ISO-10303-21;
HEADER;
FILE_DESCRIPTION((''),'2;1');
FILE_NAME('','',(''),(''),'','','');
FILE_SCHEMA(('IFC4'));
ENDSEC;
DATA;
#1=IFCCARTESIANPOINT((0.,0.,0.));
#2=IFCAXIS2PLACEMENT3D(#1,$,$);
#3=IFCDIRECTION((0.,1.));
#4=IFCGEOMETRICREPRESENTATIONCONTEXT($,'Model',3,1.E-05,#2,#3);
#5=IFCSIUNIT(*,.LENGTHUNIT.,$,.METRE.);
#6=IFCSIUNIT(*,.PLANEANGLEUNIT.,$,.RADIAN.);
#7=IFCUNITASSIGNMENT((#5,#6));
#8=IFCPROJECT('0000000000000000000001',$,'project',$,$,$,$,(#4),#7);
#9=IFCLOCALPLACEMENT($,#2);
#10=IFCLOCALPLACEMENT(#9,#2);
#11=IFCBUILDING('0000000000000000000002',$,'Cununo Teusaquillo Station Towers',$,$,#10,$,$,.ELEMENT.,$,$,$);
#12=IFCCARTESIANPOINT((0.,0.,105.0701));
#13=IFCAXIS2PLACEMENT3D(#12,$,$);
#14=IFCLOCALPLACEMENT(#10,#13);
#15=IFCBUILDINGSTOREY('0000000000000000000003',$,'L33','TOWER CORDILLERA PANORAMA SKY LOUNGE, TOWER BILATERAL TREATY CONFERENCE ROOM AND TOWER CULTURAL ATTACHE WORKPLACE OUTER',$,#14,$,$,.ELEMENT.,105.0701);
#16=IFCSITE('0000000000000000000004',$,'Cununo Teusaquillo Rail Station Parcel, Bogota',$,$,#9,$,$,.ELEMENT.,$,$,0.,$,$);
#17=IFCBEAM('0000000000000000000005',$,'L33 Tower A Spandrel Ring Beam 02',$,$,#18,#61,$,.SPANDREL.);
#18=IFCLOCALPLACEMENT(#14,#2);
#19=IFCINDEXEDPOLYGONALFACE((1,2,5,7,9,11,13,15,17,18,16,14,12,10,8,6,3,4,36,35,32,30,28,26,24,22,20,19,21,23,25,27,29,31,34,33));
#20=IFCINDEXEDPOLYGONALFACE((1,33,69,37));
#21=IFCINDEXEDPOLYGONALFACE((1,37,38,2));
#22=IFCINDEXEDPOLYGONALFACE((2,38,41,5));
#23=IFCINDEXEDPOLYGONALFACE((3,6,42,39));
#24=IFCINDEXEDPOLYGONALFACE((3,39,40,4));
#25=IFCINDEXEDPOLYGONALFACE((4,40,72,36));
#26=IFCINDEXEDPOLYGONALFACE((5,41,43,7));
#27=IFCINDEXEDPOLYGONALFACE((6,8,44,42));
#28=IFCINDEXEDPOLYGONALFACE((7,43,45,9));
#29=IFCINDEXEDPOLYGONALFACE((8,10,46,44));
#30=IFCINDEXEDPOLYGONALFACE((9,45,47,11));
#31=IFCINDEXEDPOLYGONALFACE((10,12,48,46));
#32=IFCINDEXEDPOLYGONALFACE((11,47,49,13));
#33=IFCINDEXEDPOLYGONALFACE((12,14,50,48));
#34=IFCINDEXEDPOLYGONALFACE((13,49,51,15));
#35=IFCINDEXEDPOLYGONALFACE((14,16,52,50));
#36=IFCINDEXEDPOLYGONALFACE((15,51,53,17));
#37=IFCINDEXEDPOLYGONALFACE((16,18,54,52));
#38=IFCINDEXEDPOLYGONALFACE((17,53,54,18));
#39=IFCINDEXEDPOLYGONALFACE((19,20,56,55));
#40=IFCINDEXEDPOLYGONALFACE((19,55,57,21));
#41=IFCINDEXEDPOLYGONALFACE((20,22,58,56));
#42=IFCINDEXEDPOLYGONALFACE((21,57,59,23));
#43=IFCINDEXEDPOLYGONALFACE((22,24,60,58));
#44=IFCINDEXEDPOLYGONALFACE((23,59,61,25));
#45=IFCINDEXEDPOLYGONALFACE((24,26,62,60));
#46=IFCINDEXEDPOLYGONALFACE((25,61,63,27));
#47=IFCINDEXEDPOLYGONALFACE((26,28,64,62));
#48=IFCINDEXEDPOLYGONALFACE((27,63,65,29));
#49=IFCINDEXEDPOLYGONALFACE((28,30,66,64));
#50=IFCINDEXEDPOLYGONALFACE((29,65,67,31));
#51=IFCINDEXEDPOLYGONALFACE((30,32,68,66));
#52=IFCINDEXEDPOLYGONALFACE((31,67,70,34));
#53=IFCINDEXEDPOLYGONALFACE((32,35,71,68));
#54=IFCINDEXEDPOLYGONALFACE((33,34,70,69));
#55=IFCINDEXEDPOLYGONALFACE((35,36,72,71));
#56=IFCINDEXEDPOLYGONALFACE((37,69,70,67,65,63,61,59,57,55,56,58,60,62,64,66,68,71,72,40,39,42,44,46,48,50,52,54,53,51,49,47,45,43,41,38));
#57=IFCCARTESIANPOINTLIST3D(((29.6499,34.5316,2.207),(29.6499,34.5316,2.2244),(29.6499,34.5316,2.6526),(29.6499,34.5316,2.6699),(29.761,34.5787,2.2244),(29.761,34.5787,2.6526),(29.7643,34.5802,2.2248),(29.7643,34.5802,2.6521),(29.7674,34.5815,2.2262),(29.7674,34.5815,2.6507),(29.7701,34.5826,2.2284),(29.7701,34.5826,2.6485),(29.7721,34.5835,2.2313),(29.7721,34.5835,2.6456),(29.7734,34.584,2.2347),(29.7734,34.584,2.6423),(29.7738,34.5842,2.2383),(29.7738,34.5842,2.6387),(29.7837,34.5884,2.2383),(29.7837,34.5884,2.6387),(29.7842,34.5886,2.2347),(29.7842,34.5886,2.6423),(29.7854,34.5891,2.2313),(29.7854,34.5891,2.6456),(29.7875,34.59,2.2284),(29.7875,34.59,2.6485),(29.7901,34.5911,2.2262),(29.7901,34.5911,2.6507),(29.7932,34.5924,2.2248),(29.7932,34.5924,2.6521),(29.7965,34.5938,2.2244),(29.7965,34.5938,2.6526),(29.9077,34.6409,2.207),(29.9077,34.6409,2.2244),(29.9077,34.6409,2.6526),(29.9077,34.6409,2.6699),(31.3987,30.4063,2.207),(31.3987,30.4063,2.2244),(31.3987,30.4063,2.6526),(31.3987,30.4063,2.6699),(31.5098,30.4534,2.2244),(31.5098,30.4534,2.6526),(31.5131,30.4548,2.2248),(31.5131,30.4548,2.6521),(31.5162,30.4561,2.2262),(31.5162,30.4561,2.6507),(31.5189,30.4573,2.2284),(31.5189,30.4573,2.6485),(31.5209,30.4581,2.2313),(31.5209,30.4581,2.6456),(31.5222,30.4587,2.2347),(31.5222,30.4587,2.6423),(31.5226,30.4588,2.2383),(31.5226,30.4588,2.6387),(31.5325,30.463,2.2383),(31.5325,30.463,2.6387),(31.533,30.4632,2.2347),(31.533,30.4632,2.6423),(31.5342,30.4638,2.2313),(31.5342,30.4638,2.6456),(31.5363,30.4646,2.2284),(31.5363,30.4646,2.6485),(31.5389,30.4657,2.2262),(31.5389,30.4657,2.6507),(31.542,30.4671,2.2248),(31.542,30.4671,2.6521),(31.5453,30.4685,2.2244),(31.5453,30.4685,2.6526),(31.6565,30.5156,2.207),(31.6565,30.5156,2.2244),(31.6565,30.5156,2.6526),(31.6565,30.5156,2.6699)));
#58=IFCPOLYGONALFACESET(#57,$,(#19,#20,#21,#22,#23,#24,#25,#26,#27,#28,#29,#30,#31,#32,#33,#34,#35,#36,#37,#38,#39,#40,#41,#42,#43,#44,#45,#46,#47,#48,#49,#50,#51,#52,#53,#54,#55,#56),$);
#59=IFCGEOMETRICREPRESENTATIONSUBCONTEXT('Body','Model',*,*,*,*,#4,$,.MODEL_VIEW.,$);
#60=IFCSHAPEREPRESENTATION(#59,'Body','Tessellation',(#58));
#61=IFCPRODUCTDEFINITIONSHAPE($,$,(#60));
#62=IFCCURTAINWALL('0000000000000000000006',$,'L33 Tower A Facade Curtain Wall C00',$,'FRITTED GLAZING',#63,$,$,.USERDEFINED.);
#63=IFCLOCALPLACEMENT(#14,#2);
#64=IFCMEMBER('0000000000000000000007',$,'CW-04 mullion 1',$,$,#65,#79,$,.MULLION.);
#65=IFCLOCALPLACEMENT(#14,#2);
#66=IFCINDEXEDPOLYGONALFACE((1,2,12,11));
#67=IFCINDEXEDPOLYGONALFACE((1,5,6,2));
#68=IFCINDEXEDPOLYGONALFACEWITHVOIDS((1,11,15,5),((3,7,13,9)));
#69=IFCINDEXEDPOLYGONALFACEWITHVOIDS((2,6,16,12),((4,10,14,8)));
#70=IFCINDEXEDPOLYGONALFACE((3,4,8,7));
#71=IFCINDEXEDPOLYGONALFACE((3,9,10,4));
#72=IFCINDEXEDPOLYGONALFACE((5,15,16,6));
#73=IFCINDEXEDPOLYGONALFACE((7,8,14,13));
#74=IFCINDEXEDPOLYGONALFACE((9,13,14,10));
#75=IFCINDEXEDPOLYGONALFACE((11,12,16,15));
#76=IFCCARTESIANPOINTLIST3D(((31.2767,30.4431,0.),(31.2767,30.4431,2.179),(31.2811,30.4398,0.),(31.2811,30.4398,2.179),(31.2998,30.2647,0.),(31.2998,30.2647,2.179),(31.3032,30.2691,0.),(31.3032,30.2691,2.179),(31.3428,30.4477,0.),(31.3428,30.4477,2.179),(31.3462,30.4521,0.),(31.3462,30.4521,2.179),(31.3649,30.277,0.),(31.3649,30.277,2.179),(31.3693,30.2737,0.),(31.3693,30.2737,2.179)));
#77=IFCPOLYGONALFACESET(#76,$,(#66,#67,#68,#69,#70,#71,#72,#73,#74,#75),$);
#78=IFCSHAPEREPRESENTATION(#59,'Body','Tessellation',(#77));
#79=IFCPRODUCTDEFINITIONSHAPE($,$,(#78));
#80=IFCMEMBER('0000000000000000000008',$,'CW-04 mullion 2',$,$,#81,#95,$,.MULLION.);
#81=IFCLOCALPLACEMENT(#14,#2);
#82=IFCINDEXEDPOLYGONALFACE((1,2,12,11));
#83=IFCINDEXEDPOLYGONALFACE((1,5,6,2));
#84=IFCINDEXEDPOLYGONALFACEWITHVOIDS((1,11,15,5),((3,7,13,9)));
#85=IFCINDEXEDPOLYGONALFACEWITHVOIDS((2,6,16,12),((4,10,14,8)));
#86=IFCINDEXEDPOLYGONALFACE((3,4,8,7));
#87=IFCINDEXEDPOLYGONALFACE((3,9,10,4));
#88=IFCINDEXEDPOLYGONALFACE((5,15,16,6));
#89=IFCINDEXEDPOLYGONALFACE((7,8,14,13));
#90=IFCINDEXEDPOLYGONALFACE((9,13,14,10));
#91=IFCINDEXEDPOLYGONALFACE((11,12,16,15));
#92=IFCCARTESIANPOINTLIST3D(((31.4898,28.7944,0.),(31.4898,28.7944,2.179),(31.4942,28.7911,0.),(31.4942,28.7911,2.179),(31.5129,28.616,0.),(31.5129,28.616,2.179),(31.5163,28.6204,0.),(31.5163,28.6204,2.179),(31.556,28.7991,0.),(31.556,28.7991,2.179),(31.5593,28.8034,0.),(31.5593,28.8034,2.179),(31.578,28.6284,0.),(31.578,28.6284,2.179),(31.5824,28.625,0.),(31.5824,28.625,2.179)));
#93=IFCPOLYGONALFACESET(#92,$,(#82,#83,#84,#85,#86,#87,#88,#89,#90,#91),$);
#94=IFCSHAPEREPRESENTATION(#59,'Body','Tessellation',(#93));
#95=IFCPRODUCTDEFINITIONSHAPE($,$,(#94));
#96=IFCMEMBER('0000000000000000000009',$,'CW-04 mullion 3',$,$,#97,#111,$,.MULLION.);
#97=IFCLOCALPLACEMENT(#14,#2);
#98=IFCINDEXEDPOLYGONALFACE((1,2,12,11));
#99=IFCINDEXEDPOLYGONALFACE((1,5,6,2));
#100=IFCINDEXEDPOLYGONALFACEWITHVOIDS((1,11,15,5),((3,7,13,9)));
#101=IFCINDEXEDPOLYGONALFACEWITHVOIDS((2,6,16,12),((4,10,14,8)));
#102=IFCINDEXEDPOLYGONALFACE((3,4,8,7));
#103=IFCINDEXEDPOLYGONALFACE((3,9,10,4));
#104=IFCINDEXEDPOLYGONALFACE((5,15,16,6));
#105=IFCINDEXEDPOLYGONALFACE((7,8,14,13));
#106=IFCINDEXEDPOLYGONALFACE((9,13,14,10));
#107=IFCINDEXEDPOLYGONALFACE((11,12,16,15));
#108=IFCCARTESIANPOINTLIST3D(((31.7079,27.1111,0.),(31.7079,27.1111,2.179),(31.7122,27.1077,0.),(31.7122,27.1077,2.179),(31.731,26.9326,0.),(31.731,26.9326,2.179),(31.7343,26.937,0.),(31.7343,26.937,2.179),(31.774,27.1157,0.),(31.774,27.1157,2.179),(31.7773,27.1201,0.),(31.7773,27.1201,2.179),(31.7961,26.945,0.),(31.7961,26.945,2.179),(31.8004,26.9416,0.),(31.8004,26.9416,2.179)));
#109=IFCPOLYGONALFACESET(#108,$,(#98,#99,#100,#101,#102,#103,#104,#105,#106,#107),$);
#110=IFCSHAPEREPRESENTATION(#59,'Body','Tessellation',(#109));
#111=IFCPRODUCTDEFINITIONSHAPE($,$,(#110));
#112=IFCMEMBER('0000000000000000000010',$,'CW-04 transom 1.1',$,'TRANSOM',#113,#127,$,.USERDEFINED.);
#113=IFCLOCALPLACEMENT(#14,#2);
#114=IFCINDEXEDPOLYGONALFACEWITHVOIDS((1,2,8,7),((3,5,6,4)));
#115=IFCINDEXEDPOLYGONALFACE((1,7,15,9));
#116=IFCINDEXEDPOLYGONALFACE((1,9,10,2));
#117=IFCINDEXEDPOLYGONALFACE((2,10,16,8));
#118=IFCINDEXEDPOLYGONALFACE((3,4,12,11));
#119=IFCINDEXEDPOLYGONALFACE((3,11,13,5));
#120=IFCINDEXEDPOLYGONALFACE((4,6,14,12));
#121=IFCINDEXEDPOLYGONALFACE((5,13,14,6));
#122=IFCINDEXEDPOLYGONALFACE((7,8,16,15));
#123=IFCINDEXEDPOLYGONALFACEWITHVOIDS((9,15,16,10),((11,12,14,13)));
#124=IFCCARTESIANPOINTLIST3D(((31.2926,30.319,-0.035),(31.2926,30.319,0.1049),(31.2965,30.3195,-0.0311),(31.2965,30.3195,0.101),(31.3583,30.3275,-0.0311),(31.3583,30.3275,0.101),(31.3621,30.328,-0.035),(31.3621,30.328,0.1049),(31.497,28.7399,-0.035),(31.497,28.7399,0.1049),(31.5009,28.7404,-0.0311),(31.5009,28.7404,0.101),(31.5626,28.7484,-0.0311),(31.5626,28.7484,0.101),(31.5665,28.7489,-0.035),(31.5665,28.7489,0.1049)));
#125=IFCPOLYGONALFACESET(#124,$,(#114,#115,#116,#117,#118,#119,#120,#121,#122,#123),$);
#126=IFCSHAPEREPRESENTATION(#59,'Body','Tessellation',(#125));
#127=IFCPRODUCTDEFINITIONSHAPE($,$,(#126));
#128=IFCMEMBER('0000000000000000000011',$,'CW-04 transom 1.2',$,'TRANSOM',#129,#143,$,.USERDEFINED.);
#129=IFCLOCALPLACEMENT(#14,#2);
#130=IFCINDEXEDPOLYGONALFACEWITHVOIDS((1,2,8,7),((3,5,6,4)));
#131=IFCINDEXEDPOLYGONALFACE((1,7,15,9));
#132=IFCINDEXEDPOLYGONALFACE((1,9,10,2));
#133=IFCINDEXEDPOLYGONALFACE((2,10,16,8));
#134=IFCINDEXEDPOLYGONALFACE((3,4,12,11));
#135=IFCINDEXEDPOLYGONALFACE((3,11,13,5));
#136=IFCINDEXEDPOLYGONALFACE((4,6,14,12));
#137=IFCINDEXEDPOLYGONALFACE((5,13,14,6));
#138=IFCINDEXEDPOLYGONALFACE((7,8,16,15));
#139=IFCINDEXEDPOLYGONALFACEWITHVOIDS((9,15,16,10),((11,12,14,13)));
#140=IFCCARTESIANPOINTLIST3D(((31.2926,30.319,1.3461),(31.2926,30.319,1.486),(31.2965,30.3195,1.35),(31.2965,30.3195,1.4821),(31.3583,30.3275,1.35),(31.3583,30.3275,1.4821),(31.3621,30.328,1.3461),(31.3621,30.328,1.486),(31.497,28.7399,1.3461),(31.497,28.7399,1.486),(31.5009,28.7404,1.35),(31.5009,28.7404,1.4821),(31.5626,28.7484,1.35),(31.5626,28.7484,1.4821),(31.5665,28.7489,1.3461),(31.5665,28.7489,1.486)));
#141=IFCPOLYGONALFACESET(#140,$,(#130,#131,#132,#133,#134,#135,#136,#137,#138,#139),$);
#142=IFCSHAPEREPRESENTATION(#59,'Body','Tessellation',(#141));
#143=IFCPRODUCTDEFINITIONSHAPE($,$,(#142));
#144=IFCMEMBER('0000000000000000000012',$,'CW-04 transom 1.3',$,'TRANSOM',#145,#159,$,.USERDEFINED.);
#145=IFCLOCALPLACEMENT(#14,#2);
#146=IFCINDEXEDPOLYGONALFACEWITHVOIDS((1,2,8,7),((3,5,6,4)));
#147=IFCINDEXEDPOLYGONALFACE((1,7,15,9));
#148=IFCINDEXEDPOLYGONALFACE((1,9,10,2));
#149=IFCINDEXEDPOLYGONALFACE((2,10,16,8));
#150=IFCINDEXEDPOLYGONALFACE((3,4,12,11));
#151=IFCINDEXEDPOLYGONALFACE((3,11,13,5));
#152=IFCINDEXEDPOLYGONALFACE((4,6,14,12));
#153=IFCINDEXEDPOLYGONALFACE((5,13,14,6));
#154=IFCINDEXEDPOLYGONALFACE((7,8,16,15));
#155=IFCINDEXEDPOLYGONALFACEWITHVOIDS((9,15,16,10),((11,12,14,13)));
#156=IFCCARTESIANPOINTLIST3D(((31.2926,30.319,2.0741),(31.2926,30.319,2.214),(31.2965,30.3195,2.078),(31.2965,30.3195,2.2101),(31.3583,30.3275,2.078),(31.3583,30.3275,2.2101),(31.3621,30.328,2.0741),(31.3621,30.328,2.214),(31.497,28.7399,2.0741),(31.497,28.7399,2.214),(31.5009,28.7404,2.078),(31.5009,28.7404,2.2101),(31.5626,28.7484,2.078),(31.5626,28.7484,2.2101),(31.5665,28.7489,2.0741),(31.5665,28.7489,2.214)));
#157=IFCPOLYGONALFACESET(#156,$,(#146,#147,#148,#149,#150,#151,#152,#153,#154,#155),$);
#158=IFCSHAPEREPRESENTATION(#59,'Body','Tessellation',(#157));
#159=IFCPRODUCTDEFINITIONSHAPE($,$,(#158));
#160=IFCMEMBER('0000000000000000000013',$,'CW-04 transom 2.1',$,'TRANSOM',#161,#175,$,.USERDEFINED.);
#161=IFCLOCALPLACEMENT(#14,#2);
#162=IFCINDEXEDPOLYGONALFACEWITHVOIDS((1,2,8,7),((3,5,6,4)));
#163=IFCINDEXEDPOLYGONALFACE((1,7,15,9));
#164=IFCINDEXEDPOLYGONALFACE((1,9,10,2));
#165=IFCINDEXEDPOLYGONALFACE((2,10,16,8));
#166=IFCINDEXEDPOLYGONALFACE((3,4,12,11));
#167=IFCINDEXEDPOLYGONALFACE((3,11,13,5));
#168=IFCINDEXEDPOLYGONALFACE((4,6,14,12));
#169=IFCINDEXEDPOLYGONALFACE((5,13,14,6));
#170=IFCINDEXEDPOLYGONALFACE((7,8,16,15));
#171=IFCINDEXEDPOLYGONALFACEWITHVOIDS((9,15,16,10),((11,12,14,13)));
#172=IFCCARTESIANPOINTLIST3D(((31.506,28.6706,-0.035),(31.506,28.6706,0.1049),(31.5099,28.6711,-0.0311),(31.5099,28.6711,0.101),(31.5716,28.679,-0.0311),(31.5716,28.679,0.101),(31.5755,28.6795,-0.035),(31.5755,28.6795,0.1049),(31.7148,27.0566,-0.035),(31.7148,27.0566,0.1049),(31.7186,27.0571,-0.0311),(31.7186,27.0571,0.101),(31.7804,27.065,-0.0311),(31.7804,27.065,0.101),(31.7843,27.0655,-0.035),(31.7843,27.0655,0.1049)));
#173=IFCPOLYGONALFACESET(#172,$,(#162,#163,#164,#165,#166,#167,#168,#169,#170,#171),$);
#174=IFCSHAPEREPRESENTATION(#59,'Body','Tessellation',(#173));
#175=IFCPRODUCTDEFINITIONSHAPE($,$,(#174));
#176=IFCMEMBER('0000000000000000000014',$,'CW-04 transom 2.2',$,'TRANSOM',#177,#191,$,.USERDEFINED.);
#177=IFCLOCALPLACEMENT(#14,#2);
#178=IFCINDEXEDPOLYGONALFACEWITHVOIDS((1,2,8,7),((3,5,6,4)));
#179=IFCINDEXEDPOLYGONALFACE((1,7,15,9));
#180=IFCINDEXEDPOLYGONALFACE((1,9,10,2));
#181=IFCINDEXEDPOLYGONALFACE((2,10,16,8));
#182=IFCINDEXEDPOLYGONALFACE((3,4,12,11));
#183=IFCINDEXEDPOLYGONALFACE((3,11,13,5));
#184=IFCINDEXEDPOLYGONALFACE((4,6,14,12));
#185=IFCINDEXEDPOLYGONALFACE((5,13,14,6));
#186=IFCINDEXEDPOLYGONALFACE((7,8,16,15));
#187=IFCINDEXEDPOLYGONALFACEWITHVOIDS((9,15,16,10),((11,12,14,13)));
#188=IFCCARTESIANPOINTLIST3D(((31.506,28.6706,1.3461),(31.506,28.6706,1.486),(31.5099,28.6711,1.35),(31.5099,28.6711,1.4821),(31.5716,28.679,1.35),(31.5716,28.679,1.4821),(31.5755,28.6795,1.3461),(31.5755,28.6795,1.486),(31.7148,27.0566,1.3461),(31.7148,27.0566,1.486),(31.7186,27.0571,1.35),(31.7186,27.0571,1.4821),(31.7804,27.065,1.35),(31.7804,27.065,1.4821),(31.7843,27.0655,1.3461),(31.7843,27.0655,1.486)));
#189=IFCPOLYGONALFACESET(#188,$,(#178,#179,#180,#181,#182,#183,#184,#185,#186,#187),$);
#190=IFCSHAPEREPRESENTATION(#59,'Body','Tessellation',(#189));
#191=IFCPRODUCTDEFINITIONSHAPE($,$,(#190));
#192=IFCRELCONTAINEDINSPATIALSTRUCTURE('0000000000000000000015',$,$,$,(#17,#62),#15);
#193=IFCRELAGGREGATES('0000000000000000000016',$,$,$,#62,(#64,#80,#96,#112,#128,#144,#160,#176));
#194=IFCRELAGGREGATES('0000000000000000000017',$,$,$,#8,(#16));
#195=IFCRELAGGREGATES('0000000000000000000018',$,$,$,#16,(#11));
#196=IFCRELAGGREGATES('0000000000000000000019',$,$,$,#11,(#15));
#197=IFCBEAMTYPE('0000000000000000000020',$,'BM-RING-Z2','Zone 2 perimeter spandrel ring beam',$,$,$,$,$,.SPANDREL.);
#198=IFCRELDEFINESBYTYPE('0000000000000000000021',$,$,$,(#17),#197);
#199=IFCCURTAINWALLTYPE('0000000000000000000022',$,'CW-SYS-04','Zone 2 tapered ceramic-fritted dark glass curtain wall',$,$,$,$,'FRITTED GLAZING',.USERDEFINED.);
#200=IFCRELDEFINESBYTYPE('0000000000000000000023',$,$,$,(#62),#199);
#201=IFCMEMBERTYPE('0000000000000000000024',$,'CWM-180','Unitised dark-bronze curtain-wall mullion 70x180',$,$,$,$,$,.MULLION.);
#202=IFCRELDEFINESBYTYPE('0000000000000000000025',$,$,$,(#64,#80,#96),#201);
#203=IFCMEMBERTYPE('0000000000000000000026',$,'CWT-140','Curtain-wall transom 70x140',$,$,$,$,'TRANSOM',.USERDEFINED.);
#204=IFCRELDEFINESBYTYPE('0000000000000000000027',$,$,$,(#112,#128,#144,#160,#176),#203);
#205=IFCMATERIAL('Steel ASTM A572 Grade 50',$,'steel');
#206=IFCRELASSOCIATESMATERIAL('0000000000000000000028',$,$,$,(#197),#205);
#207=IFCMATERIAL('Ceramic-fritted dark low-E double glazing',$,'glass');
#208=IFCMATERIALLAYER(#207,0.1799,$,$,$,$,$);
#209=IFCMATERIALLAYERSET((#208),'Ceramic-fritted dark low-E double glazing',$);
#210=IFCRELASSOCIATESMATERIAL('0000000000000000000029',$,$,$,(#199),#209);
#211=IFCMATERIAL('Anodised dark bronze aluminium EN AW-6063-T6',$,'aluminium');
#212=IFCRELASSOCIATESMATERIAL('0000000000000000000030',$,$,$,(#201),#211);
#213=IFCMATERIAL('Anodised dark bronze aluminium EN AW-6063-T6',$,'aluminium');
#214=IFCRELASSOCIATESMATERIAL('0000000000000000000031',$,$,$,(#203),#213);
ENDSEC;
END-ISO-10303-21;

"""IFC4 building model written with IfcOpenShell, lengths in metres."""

from ifc_helpers import new_model, si_unit, direction, frame, origin, origin_2d, place, context, subcontext, project, spatial, hollow_rectangle, i_section, extrude, material, layer, layer_set, material_profile, profile_set, type_object, element, aggregate, save


model = new_model("IFC4")

# Units and contexts
model_context = context("Model", 3, precision=1e-05, world=origin(), true_north=direction((0.0, 1.0)))
body_context = subcontext(model_context, "Body", "Model", "MODEL_VIEW")
ifc_project = project(units=[si_unit("LENGTHUNIT", "METRE"), si_unit("PLANEANGLEUNIT", "RADIAN")], contexts=[model_context])

# Site, building, storey
site_placement = place(None, origin())
site = spatial("IfcSite", under=ifc_project, at=site_placement, Name="Cununo Teusaquillo Rail Station Parcel, Bogota", CompositionType="ELEMENT", RefElevation=0.0)
building_placement = place(site_placement, origin())
building = spatial("IfcBuilding", under=site, at=building_placement, Name="Cununo Teusaquillo Station Towers", CompositionType="ELEMENT")
storey_placement = place(building_placement, frame((0.0, 0.0, 105.0701)))
storey = spatial("IfcBuildingStorey", under=building, at=storey_placement, Name="L33", Description="TOWER CORDILLERA PANORAMA SKY LOUNGE, TOWER BILATERAL TREATY CONFERENCE ROOM AND TOWER CULTURAL ATTACHE WORKPLACE OUTER", CompositionType="ELEMENT", Elevation=105.0701)

# Beam
ifc_material_1 = material(Name="Steel ASTM A572 Grade 50", Category="steel")
ifc_material_profile_1 = material_profile(ifc_material_1, i_section(OverallWidth=0.28, OverallDepth=0.4629, WebThickness=0.0107, FlangeThickness=0.0173, FilletRadius=0.0139, at=origin_2d()), Name="W18X76")
ifc_profile_set_1 = profile_set([ifc_material_profile_1], Name="Steel ASTM A572 Grade 50")
beam_type = type_object("IfcBeamType", Name="BM-RING-Z2", Description="Zone 2 perimeter spandrel ring beam", PredefinedType="SPANDREL", material=ifc_profile_set_1)
beam_1_placement = place(storey_placement, frame((31.5276, 30.4609, 2.4385), z_axis=(-0.390299, 0.920688, 0.0), x_axis=(-0.920688, -0.390299, 0.0)))
element("IfcBeam", 1, at=beam_1_placement, inside=storey, type_object=beam_type, Name="L33 Tower A Spandrel Ring Beam 02", PredefinedType="SPANDREL", context=body_context, shape_type="SweptSolid", body=[
    extrude(i_section(OverallWidth=0.28, OverallDepth=0.4629, WebThickness=0.0107, FlangeThickness=0.0173, FilletRadius=0.0139, at=origin_2d()), origin(), (0.0, 0.0, 1.0), 4.4807),
])

# Curtain wall, members
ifc_material_2 = material(Name="Ceramic-fritted dark low-E double glazing", Category="glass")
ifc_layer_1 = layer(ifc_material_2, 0.1799)
ifc_layer_set_1 = layer_set([ifc_layer_1], Name="Ceramic-fritted dark low-E double glazing")
curtain_wall_type = type_object("IfcCurtainWallType", Name="CW-SYS-04", Description="Zone 2 tapered ceramic-fritted dark glass curtain wall", ElementType="FRITTED GLAZING", PredefinedType="USERDEFINED", material=ifc_layer_set_1)
curtain_wall_placement = place(storey_placement, origin())
curtain_wall = element("IfcCurtainWall", 2, at=curtain_wall_placement, inside=storey, type_object=curtain_wall_type, Name="L33 Tower A Facade Curtain Wall C00", ObjectType="FRITTED GLAZING", PredefinedType="USERDEFINED")
ifc_material_3 = material(Name="Anodised dark bronze aluminium EN AW-6063-T6", Category="aluminium")
ifc_material_profile_2 = material_profile(ifc_material_3, hollow_rectangle(XDim=0.0701, YDim=0.1799, WallThickness=0.0039, at=origin_2d()), Name="CW-MULL-70x180")
ifc_profile_set_2 = profile_set([ifc_material_profile_2], Name="Anodised dark bronze aluminium EN AW-6063-T6")
member_type_1 = type_object("IfcMemberType", Name="CWM-180", Description="Unitised dark-bronze curtain-wall mullion 70x180", PredefinedType="MULLION", material=ifc_profile_set_2)
member_1_placement = place(storey_placement, frame((31.323, 30.3584, 0.0), z_axis=(0.0, 0.0, 1.0), x_axis=(0.991731, 0.128336, 0.0)))
member_1 = element("IfcMember", 3, at=member_1_placement, type_object=member_type_1, Name="CW-04 mullion 1", PredefinedType="MULLION", context=body_context, shape_type="SweptSolid", body=[
    extrude(hollow_rectangle(XDim=0.0701, YDim=0.1799, WallThickness=0.0039, at=origin_2d()), origin(), (0.0, 0.0, 1.0), 2.179),
])
member_2_placement = place(storey_placement, frame((31.5361, 28.7097, 0.0), z_axis=(0.0, 0.0, 1.0), x_axis=(0.991731, 0.128336, 0.0)))
member_2 = element("IfcMember", 4, at=member_2_placement, type_object=member_type_1, Name="CW-04 mullion 2", PredefinedType="MULLION", context=body_context, shape_type="SweptSolid", body=[
    extrude(hollow_rectangle(XDim=0.0701, YDim=0.1799, WallThickness=0.0039, at=origin_2d()), origin(), (0.0, 0.0, 1.0), 2.179),
])
member_3_placement = place(storey_placement, frame((31.7542, 27.0264, 0.0), z_axis=(0.0, 0.0, 1.0), x_axis=(0.991731, 0.128336, 0.0)))
member_3 = element("IfcMember", 5, at=member_3_placement, type_object=member_type_1, Name="CW-04 mullion 3", PredefinedType="MULLION", context=body_context, shape_type="SweptSolid", body=[
    extrude(hollow_rectangle(XDim=0.0701, YDim=0.1799, WallThickness=0.0039, at=origin_2d()), origin(), (0.0, 0.0, 1.0), 2.179),
])
ifc_material_4 = material(Name="Anodised dark bronze aluminium EN AW-6063-T6", Category="aluminium")
ifc_material_profile_3 = material_profile(ifc_material_4, hollow_rectangle(XDim=0.0701, YDim=0.1399, WallThickness=0.0039, at=origin_2d()), Name="CW-TRAN-70x140")
ifc_profile_set_3 = profile_set([ifc_material_profile_3], Name="Anodised dark bronze aluminium EN AW-6063-T6")
member_type_2 = type_object("IfcMemberType", Name="CWT-140", Description="Curtain-wall transom 70x140", ElementType="TRANSOM", PredefinedType="USERDEFINED", material=ifc_profile_set_3)
member_4_placement = place(storey_placement, frame((31.3274, 30.3235, 0.0349), z_axis=(0.128336, -0.991731, 0.0), x_axis=(0.991731, 0.128336, 0.0)))
member_4 = element("IfcMember", 6, at=member_4_placement, type_object=member_type_2, Name="CW-04 transom 1.1", ObjectType="TRANSOM", PredefinedType="USERDEFINED", context=body_context, shape_type="SweptSolid", body=[
    extrude(hollow_rectangle(XDim=0.0701, YDim=0.1399, WallThickness=0.0039, at=origin_2d()), origin(), (0.0, 0.0, 1.0), 1.5923),
])
member_5_placement = place(storey_placement, frame((31.3274, 30.3235, 1.416), z_axis=(0.128336, -0.991731, 0.0), x_axis=(0.991731, 0.128336, 0.0)))
member_5 = element("IfcMember", 7, at=member_5_placement, type_object=member_type_2, Name="CW-04 transom 1.2", ObjectType="TRANSOM", PredefinedType="USERDEFINED", context=body_context, shape_type="SweptSolid", body=[
    extrude(hollow_rectangle(XDim=0.0701, YDim=0.1399, WallThickness=0.0039, at=origin_2d()), origin(), (0.0, 0.0, 1.0), 1.5923),
])
member_6_placement = place(storey_placement, frame((31.3274, 30.3235, 2.144), z_axis=(0.128336, -0.991731, 0.0), x_axis=(0.991731, 0.128336, 0.0)))
member_6 = element("IfcMember", 8, at=member_6_placement, type_object=member_type_2, Name="CW-04 transom 1.3", ObjectType="TRANSOM", PredefinedType="USERDEFINED", context=body_context, shape_type="SweptSolid", body=[
    extrude(hollow_rectangle(XDim=0.0701, YDim=0.1399, WallThickness=0.0039, at=origin_2d()), origin(), (0.0, 0.0, 1.0), 1.5923),
])
member_7_placement = place(storey_placement, frame((31.5408, 28.675, 0.0349), z_axis=(0.128262, -0.99174, 0.0), x_axis=(0.99174, 0.128262, 0.0)))
member_7 = element("IfcMember", 9, at=member_7_placement, type_object=member_type_2, Name="CW-04 transom 2.1", ObjectType="TRANSOM", PredefinedType="USERDEFINED", context=body_context, shape_type="SweptSolid", body=[
    extrude(hollow_rectangle(XDim=0.0701, YDim=0.1399, WallThickness=0.0039, at=origin_2d()), origin(), (0.0, 0.0, 1.0), 1.6274),
])
member_8_placement = place(storey_placement, frame((31.5408, 28.675, 1.416), z_axis=(0.128262, -0.99174, 0.0), x_axis=(0.99174, 0.128262, 0.0)))
member_8 = element("IfcMember", 10, at=member_8_placement, type_object=member_type_2, Name="CW-04 transom 2.2", ObjectType="TRANSOM", PredefinedType="USERDEFINED", context=body_context, shape_type="SweptSolid", body=[
    extrude(hollow_rectangle(XDim=0.0701, YDim=0.1399, WallThickness=0.0039, at=origin_2d()), origin(), (0.0, 0.0, 1.0), 1.6274),
])
aggregate(curtain_wall, [member_1, member_2, member_3, member_4, member_5, member_6, member_7, member_8])

save(model, "model.ifc")
